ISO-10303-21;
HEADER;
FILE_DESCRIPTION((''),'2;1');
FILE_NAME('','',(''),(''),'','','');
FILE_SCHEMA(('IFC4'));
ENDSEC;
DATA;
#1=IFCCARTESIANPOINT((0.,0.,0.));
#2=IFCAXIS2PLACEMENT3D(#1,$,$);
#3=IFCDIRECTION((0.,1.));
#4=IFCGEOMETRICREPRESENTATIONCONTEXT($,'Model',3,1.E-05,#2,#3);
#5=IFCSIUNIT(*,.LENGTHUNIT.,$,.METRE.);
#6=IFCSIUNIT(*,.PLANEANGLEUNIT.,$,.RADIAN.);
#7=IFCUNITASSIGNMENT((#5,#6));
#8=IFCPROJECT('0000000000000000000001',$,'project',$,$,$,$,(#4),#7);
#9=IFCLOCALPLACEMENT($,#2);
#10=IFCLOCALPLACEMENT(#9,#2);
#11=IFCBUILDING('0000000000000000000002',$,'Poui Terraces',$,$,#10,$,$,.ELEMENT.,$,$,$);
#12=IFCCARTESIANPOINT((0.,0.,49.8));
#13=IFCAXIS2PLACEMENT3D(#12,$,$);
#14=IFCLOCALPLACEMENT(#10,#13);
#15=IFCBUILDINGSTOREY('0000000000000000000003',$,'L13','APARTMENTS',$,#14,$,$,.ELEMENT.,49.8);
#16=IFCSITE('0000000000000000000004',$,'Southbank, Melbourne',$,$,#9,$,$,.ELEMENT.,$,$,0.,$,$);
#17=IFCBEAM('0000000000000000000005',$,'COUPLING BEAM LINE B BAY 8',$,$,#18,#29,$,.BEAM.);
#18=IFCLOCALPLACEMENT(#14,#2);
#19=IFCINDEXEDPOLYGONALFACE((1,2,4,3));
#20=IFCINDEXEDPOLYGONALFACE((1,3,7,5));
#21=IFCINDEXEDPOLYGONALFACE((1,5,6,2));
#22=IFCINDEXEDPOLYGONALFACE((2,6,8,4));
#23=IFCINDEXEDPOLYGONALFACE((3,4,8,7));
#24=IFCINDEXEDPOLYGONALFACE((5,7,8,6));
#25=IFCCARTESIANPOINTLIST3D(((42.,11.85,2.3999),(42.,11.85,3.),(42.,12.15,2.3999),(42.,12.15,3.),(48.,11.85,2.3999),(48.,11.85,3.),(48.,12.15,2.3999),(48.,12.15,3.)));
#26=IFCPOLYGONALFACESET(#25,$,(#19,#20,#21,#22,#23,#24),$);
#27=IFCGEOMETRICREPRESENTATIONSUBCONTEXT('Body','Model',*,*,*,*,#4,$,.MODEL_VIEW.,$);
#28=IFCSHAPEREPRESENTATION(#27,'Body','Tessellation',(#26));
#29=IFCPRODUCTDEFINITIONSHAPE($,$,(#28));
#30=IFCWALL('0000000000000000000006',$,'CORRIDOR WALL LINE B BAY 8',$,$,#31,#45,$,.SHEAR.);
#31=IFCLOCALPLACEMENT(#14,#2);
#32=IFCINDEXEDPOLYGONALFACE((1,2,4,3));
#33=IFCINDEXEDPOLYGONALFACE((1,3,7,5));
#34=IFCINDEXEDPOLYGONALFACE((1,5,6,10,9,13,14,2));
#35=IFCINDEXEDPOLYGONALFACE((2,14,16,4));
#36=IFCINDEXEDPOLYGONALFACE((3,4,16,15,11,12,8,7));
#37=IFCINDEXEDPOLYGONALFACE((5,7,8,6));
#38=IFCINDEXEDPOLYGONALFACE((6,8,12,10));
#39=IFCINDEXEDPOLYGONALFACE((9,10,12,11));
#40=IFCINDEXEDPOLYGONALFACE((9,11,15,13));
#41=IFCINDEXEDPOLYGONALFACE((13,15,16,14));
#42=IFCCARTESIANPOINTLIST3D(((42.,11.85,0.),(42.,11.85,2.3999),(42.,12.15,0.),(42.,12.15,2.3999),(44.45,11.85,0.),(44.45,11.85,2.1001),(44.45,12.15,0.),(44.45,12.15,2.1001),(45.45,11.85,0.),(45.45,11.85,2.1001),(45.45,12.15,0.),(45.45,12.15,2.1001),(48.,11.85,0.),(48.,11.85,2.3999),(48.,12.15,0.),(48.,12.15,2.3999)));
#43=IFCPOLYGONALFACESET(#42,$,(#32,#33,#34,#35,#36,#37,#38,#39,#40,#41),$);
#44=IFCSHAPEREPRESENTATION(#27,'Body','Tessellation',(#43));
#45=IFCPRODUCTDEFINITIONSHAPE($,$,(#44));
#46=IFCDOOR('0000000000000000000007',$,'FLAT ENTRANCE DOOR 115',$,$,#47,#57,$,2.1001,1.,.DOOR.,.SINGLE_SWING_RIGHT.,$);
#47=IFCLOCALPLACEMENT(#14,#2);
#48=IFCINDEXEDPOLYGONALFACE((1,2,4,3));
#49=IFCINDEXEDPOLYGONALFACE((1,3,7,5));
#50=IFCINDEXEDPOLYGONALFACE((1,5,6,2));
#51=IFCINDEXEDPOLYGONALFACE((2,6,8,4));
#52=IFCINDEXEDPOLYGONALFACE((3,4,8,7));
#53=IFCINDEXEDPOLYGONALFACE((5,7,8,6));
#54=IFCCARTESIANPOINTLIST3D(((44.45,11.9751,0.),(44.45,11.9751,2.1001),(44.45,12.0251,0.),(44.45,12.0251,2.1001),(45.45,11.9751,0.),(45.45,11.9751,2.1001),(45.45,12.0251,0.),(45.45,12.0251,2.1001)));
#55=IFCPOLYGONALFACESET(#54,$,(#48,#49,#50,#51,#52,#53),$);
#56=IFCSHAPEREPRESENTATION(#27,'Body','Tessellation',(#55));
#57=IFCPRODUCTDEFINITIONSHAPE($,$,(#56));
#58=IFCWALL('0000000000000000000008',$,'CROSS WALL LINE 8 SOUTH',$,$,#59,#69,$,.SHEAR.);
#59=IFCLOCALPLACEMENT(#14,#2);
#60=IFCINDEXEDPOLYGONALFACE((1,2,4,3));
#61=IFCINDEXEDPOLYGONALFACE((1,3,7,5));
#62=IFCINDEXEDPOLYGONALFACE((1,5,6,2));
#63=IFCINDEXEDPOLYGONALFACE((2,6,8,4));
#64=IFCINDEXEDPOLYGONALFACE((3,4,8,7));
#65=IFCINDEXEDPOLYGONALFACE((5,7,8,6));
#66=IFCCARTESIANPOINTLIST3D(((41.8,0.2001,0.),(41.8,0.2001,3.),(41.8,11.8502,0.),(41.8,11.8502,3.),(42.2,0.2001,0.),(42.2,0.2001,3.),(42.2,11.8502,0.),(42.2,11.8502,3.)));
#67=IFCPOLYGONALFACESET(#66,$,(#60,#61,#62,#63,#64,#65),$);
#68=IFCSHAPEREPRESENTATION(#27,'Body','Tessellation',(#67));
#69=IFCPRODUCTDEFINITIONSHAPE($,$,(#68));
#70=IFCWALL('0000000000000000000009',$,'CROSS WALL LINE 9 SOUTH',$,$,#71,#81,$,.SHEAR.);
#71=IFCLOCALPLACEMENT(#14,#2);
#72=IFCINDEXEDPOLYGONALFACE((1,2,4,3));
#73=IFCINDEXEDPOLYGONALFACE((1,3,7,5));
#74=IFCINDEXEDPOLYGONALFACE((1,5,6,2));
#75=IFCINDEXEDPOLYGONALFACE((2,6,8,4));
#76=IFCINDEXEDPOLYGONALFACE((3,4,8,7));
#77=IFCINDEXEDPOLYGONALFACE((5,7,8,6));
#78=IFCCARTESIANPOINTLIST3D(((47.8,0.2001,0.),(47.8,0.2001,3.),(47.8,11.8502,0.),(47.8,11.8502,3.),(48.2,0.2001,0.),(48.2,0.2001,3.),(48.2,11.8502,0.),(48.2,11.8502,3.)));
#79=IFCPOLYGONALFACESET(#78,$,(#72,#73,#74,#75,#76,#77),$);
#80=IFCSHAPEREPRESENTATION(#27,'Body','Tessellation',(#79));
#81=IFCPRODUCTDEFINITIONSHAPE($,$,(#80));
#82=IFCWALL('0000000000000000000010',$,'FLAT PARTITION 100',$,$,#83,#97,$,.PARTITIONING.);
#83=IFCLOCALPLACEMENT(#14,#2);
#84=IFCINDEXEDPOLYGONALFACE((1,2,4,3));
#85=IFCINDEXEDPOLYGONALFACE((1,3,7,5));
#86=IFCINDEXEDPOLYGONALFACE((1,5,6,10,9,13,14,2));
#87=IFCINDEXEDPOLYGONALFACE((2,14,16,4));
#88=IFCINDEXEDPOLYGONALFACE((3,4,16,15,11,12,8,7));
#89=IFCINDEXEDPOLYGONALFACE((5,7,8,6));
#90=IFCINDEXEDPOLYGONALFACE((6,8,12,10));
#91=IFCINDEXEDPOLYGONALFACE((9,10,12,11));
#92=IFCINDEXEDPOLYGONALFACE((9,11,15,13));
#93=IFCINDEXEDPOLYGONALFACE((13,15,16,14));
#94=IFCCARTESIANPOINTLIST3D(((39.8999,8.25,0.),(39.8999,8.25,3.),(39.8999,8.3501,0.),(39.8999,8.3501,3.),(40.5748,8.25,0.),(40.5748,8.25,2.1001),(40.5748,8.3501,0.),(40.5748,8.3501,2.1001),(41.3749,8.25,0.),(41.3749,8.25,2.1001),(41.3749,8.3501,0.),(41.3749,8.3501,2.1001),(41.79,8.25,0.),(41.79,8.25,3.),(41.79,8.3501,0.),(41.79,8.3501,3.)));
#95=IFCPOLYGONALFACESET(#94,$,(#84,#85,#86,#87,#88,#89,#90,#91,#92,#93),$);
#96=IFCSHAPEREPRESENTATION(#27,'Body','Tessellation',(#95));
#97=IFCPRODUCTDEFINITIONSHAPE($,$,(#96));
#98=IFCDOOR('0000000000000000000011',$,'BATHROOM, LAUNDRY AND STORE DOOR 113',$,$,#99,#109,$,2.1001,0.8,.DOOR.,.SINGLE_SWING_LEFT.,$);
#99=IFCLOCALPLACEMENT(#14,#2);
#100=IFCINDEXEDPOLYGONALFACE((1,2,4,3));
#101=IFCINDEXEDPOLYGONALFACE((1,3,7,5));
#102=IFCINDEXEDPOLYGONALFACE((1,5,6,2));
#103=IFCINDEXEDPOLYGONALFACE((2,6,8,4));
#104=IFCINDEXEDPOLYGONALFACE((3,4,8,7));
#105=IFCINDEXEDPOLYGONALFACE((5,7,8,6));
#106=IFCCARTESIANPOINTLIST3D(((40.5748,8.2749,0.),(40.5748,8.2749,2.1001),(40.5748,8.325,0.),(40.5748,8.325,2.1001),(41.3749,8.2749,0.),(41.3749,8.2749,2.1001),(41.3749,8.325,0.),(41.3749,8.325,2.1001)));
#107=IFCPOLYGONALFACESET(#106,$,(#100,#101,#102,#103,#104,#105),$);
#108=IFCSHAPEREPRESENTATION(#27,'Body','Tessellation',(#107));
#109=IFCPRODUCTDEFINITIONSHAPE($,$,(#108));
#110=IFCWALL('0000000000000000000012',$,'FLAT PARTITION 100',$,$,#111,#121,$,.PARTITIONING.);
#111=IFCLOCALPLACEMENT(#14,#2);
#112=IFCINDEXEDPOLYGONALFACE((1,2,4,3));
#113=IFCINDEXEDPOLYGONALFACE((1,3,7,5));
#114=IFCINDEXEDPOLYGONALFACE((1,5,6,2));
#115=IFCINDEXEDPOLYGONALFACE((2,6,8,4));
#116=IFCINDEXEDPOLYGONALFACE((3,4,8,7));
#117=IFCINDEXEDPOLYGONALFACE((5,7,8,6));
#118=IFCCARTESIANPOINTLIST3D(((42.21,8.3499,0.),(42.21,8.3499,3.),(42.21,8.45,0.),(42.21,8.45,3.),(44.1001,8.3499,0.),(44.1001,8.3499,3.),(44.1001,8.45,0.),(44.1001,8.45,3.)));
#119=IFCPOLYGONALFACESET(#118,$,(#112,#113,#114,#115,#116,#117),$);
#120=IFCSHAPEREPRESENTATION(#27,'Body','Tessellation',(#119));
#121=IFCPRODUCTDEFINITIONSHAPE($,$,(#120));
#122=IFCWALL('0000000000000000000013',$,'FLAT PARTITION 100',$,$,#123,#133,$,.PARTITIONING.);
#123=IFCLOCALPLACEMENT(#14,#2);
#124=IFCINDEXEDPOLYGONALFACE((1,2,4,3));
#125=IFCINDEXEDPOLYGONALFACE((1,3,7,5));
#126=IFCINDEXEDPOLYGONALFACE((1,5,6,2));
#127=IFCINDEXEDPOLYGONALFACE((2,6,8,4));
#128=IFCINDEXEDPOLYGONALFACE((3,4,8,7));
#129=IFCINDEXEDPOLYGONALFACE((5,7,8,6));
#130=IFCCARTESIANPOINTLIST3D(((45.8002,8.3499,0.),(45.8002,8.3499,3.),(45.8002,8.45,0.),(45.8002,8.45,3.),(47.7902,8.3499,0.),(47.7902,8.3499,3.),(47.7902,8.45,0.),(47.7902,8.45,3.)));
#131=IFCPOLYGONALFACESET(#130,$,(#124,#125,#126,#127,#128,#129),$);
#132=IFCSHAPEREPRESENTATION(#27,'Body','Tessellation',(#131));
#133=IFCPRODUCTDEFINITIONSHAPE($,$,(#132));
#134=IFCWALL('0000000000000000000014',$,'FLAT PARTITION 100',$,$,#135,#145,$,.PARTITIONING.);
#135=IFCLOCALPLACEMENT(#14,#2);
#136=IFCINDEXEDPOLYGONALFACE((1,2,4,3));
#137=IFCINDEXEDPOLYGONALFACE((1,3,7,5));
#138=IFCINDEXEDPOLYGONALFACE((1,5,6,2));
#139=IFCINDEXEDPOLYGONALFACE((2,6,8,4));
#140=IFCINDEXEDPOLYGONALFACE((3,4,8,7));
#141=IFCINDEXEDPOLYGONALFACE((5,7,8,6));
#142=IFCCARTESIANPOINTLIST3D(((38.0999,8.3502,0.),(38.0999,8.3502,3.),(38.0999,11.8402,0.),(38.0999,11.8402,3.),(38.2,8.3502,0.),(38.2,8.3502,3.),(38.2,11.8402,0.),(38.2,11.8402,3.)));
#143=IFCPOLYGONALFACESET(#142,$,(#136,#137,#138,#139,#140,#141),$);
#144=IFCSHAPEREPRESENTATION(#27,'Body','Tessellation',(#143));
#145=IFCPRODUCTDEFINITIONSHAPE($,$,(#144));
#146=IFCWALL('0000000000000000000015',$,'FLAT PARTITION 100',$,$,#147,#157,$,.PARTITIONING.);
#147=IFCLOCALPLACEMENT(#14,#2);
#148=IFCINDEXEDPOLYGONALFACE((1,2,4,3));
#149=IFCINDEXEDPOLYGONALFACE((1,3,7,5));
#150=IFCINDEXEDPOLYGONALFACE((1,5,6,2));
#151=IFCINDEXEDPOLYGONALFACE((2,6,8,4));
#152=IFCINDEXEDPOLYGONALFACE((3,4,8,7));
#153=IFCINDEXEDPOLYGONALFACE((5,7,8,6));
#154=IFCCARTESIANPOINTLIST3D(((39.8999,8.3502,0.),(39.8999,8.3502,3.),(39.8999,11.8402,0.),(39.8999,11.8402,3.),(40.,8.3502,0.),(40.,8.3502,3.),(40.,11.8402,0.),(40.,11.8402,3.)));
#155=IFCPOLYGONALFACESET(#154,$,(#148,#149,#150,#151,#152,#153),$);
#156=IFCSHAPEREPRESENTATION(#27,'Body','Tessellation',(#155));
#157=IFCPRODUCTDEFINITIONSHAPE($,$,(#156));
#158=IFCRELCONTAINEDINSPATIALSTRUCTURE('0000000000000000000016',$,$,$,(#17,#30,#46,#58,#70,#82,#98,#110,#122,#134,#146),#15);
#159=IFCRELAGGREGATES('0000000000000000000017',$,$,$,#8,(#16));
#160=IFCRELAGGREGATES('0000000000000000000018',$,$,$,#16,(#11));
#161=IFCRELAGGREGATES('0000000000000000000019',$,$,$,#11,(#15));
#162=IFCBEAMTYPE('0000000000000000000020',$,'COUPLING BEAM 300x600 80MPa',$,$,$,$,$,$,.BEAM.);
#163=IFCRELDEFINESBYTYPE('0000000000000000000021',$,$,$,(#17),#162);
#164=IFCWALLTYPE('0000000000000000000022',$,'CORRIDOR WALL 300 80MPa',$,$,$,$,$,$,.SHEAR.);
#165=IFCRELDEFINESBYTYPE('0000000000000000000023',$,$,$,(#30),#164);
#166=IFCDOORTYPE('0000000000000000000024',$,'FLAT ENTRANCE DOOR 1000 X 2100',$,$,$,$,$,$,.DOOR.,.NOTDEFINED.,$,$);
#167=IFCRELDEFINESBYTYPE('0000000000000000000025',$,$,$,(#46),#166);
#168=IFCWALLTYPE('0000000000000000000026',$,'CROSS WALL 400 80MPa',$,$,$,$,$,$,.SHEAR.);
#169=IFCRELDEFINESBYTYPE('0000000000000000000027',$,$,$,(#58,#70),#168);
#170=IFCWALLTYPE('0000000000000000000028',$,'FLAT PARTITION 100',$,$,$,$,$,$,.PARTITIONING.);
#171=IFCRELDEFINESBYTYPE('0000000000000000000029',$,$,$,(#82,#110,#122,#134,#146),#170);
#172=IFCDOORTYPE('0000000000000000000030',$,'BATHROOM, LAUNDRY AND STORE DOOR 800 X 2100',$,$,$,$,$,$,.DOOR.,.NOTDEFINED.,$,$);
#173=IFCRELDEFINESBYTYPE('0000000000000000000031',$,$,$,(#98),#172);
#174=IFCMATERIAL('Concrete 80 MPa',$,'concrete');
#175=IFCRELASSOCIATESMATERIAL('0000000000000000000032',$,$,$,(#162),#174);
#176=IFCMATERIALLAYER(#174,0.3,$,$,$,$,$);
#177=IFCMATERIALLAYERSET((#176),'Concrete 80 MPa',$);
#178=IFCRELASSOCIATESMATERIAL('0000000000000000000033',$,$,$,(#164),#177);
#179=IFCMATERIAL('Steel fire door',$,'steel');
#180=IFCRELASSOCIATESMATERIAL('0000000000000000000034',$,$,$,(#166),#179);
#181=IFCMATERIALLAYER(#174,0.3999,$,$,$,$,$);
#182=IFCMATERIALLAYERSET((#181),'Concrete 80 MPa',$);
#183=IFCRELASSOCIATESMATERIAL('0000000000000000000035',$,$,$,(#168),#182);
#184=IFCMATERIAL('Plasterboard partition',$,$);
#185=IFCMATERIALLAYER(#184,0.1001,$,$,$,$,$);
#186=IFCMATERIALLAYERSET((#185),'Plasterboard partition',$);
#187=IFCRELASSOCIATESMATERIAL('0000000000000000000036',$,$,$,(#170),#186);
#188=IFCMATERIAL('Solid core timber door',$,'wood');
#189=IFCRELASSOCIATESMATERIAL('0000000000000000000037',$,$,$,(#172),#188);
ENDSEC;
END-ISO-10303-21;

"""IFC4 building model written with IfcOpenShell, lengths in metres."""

from ifc_helpers import new_model, si_unit, direction, frame, frame_2d, origin, origin_2d, place, context, subcontext, project, spatial, rectangle, extrude, source, transform, mapped, material, layer, layer_set, material_profile, profile_set, type_object, element, fill, save


model = new_model("IFC4")

# Units and contexts
model_context = context("Model", 3, precision=1e-05, world=origin(), true_north=direction((0.0, 1.0)))
body_context = subcontext(model_context, "Body", "Model", "MODEL_VIEW")
ifc_project = project(units=[si_unit("LENGTHUNIT", "METRE"), si_unit("PLANEANGLEUNIT", "RADIAN")], contexts=[model_context])

# Site, building, storey
site_placement = place(None, origin())
site = spatial("IfcSite", under=ifc_project, at=site_placement, Name="Southbank, Melbourne", CompositionType="ELEMENT", RefElevation=0.0)
building_placement = place(site_placement, origin())
building = spatial("IfcBuilding", under=site, at=building_placement, Name="Poui Terraces", CompositionType="ELEMENT")
storey_placement = place(building_placement, frame((0.0, 0.0, 49.8)))
storey = spatial("IfcBuildingStorey", under=building, at=storey_placement, Name="L13", Description="APARTMENTS", CompositionType="ELEMENT", Elevation=49.8)

# Beam
ifc_material_1 = material(Name="Concrete 80 MPa", Category="concrete")
ifc_material_profile_1 = material_profile(ifc_material_1, rectangle(XDim=0.3, YDim=0.6001, at=origin_2d()), Name="RC 300x600")
ifc_profile_set_1 = profile_set([ifc_material_profile_1], Name="Concrete 80 MPa")
beam_type = type_object("IfcBeamType", Name="COUPLING BEAM 300x600 80MPa", PredefinedType="BEAM", material=ifc_profile_set_1)
shared_shape_1 = source(origin(), body_context, "Body", "SweptSolid", [
    extrude(rectangle(XDim=0.3, YDim=0.6001, at=origin_2d()), origin(), (0.0, 0.0, 1.0), 6.0),
])
beam_placement = place(storey_placement, frame((42.0, 12.0, 2.7), z_axis=(1.0, 0.0, 0.0), x_axis=(0.0, 1.0, 0.0)))
element("IfcBeam", 1, at=beam_placement, inside=storey, type_object=beam_type, Name="COUPLING BEAM LINE B BAY 8", PredefinedType="BEAM", context=body_context, shape_type="MappedRepresentation", body=[
    mapped(shared_shape_1, transform((0.0, 0.0, 0.0))),
])

# Wall, opening, door
ifc_layer_1 = layer(ifc_material_1, 0.3)
ifc_layer_set_1 = layer_set([ifc_layer_1], Name="Concrete 80 MPa")
wall_type_1 = type_object("IfcWallType", Name="CORRIDOR WALL 300 80MPa", PredefinedType="SHEAR", material=ifc_layer_set_1)
wall_1_placement = place(storey_placement, frame((42.0, 12.0, 0.0), z_axis=(0.0, 0.0, 1.0), x_axis=(1.0, 0.0, 0.0)))
wall_1 = element("IfcWall", 2, at=wall_1_placement, inside=storey, type_object=wall_type_1, Name="CORRIDOR WALL LINE B BAY 8", PredefinedType="SHEAR", context=body_context, shape_type="SweptSolid", body=[
    extrude(rectangle(XDim=6.0, YDim=0.3, at=frame_2d((3.0, 0.0))), origin(), (0.0, 0.0, 1.0), 2.3999),
])
opening_1_placement = place(wall_1_placement, frame((2.45, 0.0, 0.0)))
opening_1 = element("IfcOpeningElement", 3, at=opening_1_placement, cuts=wall_1, PredefinedType="OPENING", context=body_context, shape_type="SweptSolid", body=[
    extrude(rectangle(XDim=1.0, YDim=2.1001, at=frame_2d((0.5, 1.05))), frame((0.0, 0.1602, 0.0), z_axis=(0.0, -1.0, 0.0), x_axis=(1.0, 0.0, 0.0)), (0.0, 0.0, 1.0), 0.3201),
])
ifc_material_2 = material(Name="Steel fire door", Category="steel")
door_type_1 = type_object("IfcDoorType", Name="FLAT ENTRANCE DOOR 1000 X 2100", OperationType="NOTDEFINED", PredefinedType="DOOR", material=ifc_material_2)
door_1_placement = place(opening_1_placement, frame((1.0, 0.0, 0.0), z_axis=(0.0, 0.0, 1.0), x_axis=(-1.0, 0.0, 0.0)))
door_1 = element("IfcDoor", 4, at=door_1_placement, inside=storey, type_object=door_type_1, Name="FLAT ENTRANCE DOOR 115", OperationType="SINGLE_SWING_RIGHT", OverallHeight=2.1001, OverallWidth=1.0, PredefinedType="DOOR", context=body_context, shape_type="SweptSolid", body=[
    extrude(rectangle(XDim=1.0, YDim=2.1001, at=frame_2d((0.5, 1.05))), frame((0.0, 0.0249, 0.0), z_axis=(0.0, -1.0, 0.0), x_axis=(1.0, 0.0, 0.0)), (0.0, 0.0, 1.0), 0.05),
])
fill(opening_1, door_1)

# Walls
ifc_layer_2 = layer(ifc_material_1, 0.3999)
ifc_layer_set_2 = layer_set([ifc_layer_2], Name="Concrete 80 MPa")
wall_type_2 = type_object("IfcWallType", Name="CROSS WALL 400 80MPa", PredefinedType="SHEAR", material=ifc_layer_set_2)
for number, where, z_axis, x_axis, name in (
    (5, (42.0, 0.2, 0.0), (0.0, 0.0, 1.0), (0.0, 1.0, 0.0), "CROSS WALL LINE 8 SOUTH"),
    (6, (48.0, 0.2, 0.0), (0.0, 0.0, 1.0), (0.0, 1.0, 0.0), "CROSS WALL LINE 9 SOUTH"),
):
    element("IfcWall", number, at=place(storey_placement, frame(where, z_axis=z_axis, x_axis=x_axis)), inside=storey, type_object=wall_type_2, Name=name, PredefinedType="SHEAR", context=body_context, shape_type="SweptSolid", body=[
        extrude(rectangle(XDim=11.6501, YDim=0.3999, at=frame_2d((5.8252, 0.0))), origin(), (0.0, 0.0, 1.0), 3.0),
    ])

# Wall, opening, door
ifc_material_3 = material(Name="Plasterboard partition")
ifc_layer_3 = layer(ifc_material_3, 0.1001)
ifc_layer_set_3 = layer_set([ifc_layer_3], Name="Plasterboard partition")
wall_type_3 = type_object("IfcWallType", Name="FLAT PARTITION 100", PredefinedType="PARTITIONING", material=ifc_layer_set_3)
wall_2_placement = place(storey_placement, frame((39.8999, 8.3, 0.0), z_axis=(0.0, 0.0, 1.0), x_axis=(1.0, 0.0, 0.0)))
wall_2 = element("IfcWall", 7, at=wall_2_placement, inside=storey, type_object=wall_type_3, Name="FLAT PARTITION 100", PredefinedType="PARTITIONING", context=body_context, shape_type="SweptSolid", body=[
    extrude(rectangle(XDim=1.8901, YDim=0.1001, at=frame_2d((0.9451, 0.0))), origin(), (0.0, 0.0, 1.0), 3.0),
])
opening_2_placement = place(wall_2_placement, frame((0.675, 0.0, 0.0)))
opening_2 = element("IfcOpeningElement", 8, at=opening_2_placement, cuts=wall_2, PredefinedType="OPENING", context=body_context, shape_type="SweptSolid", body=[
    extrude(rectangle(XDim=0.8, YDim=2.1001, at=frame_2d((0.3999, 1.05))), frame((0.0, 0.0601, 0.0), z_axis=(0.0, -1.0, 0.0), x_axis=(1.0, 0.0, 0.0)), (0.0, 0.0, 1.0), 0.1201),
])
ifc_material_4 = material(Name="Solid core timber door", Category="wood")
door_type_2 = type_object("IfcDoorType", Name="BATHROOM, LAUNDRY AND STORE DOOR 800 X 2100", OperationType="NOTDEFINED", PredefinedType="DOOR", material=ifc_material_4)
door_2_placement = place(opening_2_placement, origin())
door_2 = element("IfcDoor", 9, at=door_2_placement, inside=storey, type_object=door_type_2, Name="BATHROOM, LAUNDRY AND STORE DOOR 113", OperationType="SINGLE_SWING_LEFT", OverallHeight=2.1001, OverallWidth=0.8, PredefinedType="DOOR", context=body_context, shape_type="SweptSolid", body=[
    extrude(rectangle(XDim=0.8, YDim=2.1001, at=frame_2d((0.3999, 1.05))), frame((0.0, 0.0249, 0.0), z_axis=(0.0, -1.0, 0.0), x_axis=(1.0, 0.0, 0.0)), (0.0, 0.0, 1.0), 0.05),
])
fill(opening_2, door_2)

# Walls
wall_3_placement = place(storey_placement, frame((42.21, 8.3999, 0.0), z_axis=(0.0, 0.0, 1.0), x_axis=(1.0, 0.0, 0.0)))
element("IfcWall", 10, at=wall_3_placement, inside=storey, type_object=wall_type_3, Name="FLAT PARTITION 100", PredefinedType="PARTITIONING", context=body_context, shape_type="SweptSolid", body=[
    extrude(rectangle(XDim=1.8901, YDim=0.1001, at=frame_2d((0.9451, 0.0))), origin(), (0.0, 0.0, 1.0), 3.0),
])
wall_4_placement = place(storey_placement, frame((45.8, 8.3999, 0.0), z_axis=(0.0, 0.0, 1.0), x_axis=(1.0, 0.0, 0.0)))
element("IfcWall", 11, at=wall_4_placement, inside=storey, type_object=wall_type_3, Name="FLAT PARTITION 100", PredefinedType="PARTITIONING", context=body_context, shape_type="SweptSolid", body=[
    extrude(rectangle(XDim=1.99, YDim=0.1001, at=frame_2d((0.9951, 0.0))), origin(), (0.0, 0.0, 1.0), 3.0),
])
for number, where, z_axis, x_axis, name in (
    (12, (38.1499, 8.3501, 0.0), (0.0, 0.0, 1.0), (0.0, 1.0, 0.0), "FLAT PARTITION 100"),
    (13, (39.95, 8.3501, 0.0), (0.0, 0.0, 1.0), (0.0, 1.0, 0.0), "FLAT PARTITION 100"),
):
    element("IfcWall", number, at=place(storey_placement, frame(where, z_axis=z_axis, x_axis=x_axis)), inside=storey, type_object=wall_type_3, Name=name, PredefinedType="PARTITIONING", context=body_context, shape_type="SweptSolid", body=[
        extrude(rectangle(XDim=3.49, YDim=0.1001, at=frame_2d((1.7451, 0.0))), origin(), (0.0, 0.0, 1.0), 3.0),
    ])

save(model, "model.ifc")
